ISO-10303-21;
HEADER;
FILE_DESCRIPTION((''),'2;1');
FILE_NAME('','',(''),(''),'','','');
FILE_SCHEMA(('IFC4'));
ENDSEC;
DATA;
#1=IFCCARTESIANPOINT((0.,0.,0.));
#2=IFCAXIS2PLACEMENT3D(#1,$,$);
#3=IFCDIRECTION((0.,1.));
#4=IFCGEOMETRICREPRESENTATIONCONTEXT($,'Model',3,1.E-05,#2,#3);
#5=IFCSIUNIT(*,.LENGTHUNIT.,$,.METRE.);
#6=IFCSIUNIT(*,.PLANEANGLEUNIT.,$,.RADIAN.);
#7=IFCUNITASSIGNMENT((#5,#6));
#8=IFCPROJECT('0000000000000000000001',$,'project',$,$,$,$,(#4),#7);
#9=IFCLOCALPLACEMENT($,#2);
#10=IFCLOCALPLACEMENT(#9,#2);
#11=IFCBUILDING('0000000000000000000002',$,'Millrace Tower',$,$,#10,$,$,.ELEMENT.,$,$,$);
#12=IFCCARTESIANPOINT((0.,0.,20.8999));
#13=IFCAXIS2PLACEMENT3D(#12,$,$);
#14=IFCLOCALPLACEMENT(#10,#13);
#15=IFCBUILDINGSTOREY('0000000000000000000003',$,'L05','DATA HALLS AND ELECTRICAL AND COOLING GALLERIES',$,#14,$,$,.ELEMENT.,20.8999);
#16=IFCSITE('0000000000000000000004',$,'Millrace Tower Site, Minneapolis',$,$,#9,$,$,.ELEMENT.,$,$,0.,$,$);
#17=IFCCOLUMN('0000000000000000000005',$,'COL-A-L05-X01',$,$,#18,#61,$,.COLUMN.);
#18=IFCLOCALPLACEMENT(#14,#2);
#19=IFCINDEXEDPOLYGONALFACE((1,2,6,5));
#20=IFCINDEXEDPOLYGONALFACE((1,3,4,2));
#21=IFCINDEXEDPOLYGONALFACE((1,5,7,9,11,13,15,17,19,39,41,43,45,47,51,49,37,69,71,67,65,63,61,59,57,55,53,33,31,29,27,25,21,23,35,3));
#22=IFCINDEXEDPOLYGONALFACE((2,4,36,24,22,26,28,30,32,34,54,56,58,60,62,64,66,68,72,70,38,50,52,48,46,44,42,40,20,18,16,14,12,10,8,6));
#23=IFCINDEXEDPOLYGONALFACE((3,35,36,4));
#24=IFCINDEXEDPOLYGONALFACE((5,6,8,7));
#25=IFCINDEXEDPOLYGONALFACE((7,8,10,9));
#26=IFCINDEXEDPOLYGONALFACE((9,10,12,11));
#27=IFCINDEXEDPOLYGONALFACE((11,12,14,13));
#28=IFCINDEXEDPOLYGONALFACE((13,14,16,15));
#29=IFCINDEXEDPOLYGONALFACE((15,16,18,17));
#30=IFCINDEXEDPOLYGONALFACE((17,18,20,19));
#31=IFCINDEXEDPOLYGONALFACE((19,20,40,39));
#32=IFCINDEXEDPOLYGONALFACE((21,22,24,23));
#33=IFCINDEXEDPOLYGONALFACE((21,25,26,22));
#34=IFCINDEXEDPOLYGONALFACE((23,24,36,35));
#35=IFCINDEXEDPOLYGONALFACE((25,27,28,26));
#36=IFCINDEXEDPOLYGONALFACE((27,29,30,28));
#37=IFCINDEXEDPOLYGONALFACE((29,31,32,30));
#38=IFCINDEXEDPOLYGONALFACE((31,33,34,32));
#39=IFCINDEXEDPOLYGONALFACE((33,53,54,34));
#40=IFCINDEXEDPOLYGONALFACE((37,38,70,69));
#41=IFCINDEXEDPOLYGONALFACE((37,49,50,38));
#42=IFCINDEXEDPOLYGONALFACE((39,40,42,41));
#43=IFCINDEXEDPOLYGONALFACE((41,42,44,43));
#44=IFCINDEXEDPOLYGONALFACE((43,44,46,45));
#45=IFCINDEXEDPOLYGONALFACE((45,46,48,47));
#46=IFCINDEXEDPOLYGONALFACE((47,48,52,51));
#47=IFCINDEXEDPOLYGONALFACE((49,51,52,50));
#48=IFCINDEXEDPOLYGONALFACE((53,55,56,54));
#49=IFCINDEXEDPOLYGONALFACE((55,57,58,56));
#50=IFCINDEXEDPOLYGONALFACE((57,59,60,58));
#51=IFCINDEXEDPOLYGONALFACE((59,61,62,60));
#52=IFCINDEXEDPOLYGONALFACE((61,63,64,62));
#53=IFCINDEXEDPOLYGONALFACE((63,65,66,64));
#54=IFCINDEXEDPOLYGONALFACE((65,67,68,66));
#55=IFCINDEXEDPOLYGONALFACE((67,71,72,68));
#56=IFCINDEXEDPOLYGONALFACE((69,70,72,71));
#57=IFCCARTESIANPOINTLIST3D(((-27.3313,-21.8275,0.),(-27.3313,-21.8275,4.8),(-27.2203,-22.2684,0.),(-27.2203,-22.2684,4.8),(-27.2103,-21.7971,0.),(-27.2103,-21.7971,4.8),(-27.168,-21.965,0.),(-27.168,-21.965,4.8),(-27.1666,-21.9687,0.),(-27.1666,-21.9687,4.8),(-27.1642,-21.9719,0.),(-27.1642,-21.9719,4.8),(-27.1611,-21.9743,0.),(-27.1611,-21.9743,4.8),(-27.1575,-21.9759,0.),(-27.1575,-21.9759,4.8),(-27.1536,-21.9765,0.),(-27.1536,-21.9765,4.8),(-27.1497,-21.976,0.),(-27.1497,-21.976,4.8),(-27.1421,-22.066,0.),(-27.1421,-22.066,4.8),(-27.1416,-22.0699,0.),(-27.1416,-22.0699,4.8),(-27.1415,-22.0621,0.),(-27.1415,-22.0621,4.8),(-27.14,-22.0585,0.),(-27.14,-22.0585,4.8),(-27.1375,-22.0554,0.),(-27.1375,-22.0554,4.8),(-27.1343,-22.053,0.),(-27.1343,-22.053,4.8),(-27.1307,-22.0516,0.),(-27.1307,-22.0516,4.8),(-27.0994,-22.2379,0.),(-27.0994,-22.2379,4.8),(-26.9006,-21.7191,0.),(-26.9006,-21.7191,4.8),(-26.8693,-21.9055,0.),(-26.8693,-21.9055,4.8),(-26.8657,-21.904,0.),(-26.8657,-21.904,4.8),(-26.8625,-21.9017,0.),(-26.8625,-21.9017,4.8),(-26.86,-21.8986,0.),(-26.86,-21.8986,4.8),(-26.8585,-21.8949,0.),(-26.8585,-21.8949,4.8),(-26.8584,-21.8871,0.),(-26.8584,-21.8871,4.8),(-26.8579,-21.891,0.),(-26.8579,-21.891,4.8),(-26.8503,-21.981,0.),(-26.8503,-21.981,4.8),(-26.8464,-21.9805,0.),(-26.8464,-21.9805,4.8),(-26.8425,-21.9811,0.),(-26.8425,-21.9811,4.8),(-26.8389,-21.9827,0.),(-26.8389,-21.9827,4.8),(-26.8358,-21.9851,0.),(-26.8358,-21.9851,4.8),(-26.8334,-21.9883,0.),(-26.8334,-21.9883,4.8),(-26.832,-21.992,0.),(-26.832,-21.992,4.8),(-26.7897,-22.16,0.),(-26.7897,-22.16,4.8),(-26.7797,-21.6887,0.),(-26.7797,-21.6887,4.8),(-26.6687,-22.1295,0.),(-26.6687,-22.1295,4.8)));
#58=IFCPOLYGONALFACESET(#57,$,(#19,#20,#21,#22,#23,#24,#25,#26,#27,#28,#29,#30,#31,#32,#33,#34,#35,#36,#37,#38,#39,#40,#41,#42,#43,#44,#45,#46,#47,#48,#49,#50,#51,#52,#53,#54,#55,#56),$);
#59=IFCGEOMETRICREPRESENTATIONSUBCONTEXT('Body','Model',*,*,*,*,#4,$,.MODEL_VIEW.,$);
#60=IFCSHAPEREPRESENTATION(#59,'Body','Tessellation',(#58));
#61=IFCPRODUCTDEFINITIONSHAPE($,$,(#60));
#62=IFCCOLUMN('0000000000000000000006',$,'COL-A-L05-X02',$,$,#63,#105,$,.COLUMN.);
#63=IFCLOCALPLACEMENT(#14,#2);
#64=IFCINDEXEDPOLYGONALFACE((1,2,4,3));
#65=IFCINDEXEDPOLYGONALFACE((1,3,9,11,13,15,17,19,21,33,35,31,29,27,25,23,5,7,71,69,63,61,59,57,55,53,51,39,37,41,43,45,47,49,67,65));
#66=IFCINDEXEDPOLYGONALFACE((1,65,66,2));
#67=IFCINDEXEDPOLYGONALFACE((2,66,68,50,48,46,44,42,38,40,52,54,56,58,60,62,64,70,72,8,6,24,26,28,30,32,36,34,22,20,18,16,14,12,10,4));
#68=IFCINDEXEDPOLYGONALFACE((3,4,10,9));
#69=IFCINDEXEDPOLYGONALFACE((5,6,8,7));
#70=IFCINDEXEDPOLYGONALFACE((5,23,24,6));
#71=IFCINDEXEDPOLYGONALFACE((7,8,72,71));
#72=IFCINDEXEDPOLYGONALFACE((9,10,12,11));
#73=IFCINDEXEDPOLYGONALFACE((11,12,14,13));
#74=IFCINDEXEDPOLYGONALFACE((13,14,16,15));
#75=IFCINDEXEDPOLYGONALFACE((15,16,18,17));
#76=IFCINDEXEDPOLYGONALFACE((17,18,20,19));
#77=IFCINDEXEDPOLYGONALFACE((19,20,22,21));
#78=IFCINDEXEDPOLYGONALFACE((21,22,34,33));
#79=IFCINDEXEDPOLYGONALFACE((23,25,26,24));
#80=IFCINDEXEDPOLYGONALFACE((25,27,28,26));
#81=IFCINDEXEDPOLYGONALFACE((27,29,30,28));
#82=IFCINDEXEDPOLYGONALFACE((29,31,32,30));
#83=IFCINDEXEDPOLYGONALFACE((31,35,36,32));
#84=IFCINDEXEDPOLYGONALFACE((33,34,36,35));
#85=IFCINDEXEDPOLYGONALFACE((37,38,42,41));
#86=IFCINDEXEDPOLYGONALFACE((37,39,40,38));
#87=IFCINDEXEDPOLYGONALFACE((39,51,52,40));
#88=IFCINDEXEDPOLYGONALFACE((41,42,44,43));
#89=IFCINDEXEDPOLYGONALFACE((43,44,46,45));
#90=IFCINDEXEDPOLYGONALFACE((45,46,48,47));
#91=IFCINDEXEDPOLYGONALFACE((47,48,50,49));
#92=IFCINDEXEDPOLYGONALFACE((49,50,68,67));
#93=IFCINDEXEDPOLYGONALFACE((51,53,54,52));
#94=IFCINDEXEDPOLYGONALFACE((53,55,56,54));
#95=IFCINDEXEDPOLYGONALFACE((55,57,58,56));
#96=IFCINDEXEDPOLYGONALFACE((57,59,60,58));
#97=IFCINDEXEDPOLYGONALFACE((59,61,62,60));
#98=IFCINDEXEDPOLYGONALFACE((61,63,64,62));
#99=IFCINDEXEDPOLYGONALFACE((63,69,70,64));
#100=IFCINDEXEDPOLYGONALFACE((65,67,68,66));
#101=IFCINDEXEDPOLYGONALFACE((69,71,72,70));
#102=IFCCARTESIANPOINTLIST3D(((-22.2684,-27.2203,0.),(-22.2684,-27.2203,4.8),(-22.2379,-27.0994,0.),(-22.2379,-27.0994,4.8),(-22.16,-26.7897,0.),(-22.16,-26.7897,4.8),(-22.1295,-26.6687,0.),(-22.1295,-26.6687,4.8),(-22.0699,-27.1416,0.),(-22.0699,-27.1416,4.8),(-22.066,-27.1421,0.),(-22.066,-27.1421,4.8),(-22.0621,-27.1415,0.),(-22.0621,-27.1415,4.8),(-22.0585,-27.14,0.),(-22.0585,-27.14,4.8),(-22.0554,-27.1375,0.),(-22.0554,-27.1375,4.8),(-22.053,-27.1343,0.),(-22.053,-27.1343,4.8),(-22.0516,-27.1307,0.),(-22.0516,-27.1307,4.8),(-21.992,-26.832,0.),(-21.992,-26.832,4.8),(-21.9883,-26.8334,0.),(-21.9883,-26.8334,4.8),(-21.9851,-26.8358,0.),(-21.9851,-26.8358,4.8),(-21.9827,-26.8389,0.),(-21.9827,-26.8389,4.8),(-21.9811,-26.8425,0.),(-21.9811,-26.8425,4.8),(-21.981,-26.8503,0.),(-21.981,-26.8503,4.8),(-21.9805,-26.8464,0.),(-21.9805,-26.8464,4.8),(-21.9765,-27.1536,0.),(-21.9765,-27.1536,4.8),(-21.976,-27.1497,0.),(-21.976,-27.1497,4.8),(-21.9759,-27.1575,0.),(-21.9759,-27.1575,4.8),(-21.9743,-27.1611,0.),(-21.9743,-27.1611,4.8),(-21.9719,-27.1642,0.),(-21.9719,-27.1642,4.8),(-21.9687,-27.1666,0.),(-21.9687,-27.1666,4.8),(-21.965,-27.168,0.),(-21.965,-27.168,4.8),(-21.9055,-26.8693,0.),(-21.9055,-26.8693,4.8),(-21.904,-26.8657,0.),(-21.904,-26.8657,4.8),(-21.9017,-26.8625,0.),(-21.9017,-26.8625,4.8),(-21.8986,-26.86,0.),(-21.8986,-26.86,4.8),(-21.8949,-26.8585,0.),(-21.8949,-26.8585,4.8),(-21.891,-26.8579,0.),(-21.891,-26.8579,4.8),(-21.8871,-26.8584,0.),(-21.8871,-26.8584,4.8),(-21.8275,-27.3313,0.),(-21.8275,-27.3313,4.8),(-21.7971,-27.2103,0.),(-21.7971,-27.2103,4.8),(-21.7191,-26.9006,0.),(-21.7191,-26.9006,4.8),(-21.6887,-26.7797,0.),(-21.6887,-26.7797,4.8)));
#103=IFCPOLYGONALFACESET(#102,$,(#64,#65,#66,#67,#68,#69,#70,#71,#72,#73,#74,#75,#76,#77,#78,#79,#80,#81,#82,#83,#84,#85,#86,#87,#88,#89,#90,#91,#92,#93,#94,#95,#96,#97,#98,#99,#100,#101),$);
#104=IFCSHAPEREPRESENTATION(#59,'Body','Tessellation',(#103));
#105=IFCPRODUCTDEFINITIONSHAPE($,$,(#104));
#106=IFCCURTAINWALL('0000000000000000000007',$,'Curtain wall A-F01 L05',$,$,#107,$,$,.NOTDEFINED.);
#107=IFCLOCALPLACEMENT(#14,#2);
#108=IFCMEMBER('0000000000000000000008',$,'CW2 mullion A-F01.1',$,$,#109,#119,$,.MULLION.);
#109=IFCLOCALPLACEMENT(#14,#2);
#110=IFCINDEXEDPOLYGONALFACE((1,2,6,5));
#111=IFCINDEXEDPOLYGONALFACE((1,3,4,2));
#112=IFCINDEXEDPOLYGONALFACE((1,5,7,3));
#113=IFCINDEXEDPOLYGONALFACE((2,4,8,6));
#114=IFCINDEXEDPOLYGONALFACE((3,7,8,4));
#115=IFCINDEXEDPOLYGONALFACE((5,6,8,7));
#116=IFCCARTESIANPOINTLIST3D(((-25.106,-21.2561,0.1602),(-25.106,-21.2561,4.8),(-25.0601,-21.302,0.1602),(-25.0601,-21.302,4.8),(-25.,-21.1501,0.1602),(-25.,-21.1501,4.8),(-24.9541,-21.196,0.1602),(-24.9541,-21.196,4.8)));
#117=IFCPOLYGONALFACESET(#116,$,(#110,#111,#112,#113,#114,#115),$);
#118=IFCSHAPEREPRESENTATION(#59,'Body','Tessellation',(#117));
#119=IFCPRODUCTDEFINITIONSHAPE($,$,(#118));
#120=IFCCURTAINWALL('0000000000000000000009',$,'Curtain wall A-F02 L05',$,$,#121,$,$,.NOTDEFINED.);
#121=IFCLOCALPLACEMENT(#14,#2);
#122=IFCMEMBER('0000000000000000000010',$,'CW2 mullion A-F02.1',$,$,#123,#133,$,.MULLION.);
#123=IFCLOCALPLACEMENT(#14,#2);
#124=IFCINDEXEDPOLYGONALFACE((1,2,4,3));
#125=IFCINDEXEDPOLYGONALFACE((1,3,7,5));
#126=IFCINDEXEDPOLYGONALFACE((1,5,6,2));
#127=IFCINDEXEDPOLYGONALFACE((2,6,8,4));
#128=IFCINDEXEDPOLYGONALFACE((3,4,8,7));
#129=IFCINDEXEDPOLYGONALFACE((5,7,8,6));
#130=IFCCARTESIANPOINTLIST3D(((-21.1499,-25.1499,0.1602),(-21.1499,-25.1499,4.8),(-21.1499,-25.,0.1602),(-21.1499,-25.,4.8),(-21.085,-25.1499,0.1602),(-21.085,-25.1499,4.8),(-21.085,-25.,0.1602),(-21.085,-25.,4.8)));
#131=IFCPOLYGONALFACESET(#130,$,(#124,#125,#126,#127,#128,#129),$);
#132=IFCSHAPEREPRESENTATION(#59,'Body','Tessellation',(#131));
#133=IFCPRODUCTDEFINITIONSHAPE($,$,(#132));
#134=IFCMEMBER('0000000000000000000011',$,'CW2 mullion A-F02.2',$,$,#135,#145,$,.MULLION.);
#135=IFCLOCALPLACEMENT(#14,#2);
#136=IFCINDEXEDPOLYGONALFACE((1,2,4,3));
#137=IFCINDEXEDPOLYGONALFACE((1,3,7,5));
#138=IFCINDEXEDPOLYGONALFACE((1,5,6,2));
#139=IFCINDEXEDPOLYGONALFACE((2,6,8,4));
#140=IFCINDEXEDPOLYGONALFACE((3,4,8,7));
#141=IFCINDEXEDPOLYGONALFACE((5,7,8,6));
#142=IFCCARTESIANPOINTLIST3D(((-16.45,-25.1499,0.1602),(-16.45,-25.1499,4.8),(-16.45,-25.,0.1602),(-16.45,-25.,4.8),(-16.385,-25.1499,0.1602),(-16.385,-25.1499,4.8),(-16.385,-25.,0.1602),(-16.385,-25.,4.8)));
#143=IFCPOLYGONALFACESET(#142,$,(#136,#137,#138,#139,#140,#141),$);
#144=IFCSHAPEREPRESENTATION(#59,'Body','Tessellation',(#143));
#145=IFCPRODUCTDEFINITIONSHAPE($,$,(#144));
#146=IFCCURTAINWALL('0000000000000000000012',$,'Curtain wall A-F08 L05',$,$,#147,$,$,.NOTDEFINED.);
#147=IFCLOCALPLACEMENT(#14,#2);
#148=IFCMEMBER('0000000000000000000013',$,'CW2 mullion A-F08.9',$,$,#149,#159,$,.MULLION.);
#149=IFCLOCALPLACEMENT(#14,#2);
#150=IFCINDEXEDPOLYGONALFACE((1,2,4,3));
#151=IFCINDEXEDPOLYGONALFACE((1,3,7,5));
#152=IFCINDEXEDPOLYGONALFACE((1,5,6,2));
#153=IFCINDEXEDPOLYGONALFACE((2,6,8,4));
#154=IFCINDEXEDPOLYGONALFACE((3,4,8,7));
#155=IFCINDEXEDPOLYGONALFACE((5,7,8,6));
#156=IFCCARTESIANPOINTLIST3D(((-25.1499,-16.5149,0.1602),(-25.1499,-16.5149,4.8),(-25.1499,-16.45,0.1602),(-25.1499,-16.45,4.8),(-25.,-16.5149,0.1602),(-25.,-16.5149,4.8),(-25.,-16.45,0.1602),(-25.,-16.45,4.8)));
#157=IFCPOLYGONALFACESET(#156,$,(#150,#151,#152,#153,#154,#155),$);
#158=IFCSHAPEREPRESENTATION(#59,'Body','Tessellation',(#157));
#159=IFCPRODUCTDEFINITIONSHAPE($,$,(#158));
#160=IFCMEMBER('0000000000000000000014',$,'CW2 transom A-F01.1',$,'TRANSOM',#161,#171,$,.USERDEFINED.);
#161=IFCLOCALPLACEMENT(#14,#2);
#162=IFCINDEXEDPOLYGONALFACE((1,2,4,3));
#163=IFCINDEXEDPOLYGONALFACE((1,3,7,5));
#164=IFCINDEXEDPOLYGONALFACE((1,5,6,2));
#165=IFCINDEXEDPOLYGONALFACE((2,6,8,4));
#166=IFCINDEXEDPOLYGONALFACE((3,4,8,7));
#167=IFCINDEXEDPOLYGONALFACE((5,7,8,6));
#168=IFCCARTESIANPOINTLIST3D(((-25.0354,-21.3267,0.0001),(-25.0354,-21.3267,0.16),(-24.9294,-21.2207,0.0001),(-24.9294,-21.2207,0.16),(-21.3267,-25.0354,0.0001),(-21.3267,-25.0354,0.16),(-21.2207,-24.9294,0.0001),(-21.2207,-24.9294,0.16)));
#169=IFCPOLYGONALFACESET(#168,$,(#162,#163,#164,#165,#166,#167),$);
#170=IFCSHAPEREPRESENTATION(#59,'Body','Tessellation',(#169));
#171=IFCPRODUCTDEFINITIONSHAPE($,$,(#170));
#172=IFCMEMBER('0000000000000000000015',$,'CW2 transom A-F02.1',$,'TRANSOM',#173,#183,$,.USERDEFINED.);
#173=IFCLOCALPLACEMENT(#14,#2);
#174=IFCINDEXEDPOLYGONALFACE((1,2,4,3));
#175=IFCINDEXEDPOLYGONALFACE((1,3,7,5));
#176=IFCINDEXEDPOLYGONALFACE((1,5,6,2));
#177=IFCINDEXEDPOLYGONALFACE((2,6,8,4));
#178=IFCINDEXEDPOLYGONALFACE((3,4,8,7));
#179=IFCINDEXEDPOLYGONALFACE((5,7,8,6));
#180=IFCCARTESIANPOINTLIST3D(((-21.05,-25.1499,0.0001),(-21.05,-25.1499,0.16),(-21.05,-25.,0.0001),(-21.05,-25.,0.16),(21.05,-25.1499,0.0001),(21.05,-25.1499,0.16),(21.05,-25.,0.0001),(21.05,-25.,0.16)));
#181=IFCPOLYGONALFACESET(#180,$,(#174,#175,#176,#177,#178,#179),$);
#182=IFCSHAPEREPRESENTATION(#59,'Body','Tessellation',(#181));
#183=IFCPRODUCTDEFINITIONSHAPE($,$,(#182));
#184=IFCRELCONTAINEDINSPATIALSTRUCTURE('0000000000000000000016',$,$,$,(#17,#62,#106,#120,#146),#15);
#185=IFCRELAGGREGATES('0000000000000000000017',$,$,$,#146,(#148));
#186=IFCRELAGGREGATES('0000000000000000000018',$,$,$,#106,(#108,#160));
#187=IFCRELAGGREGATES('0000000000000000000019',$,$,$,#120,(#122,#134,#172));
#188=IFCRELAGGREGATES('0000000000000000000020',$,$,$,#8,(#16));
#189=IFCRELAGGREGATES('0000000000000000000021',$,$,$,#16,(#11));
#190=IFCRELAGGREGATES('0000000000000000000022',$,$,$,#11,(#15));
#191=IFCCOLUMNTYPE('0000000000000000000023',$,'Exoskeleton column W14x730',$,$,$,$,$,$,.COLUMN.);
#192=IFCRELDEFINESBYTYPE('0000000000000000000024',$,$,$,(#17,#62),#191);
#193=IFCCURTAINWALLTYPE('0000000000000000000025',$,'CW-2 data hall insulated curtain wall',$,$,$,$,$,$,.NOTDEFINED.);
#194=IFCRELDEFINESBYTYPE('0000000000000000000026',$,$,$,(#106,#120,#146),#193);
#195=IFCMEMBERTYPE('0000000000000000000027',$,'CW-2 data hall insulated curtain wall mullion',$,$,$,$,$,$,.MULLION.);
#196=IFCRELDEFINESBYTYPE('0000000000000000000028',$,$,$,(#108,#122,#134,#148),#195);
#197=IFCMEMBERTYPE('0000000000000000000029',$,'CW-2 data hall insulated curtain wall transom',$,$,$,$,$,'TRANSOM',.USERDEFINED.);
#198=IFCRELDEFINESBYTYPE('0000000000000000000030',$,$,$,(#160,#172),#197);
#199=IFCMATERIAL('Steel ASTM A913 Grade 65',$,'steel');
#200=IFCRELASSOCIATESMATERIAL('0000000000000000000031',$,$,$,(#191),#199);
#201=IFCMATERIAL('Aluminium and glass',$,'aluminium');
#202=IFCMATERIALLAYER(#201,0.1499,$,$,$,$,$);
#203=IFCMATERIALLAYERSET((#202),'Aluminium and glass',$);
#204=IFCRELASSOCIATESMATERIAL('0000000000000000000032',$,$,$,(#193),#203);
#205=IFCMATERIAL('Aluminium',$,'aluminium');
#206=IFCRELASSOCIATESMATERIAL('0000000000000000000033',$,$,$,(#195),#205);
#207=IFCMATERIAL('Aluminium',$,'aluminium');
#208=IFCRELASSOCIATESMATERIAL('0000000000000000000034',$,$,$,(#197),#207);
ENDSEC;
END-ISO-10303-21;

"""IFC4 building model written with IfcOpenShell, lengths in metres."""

from ifc_helpers import new_model, si_unit, direction, frame, origin, origin_2d, place, context, subcontext, project, spatial, rectangle, i_section, extrude, material, layer, layer_set, material_profile, profile_set, type_object, element, aggregate, save


model = new_model("IFC4")

# Units and contexts
model_context = context("Model", 3, precision=1e-05, world=origin(), true_north=direction((0.0, 1.0)))
body_context = subcontext(model_context, "Body", "Model", "MODEL_VIEW")
ifc_project = project(units=[si_unit("LENGTHUNIT", "METRE"), si_unit("PLANEANGLEUNIT", "RADIAN")], contexts=[model_context])

# Site, building, storey
site_placement = place(None, origin())
site = spatial("IfcSite", under=ifc_project, at=site_placement, Name="Millrace Tower Site, Minneapolis", CompositionType="ELEMENT", RefElevation=0.0)
building_placement = place(site_placement, origin())
building = spatial("IfcBuilding", under=site, at=building_placement, Name="Millrace Tower", CompositionType="ELEMENT")
storey_placement = place(building_placement, frame((0.0, 0.0, 20.8999)))
storey = spatial("IfcBuildingStorey", under=building, at=storey_placement, Name="L05", Description="DATA HALLS AND ELECTRICAL AND COOLING GALLERIES", CompositionType="ELEMENT", Elevation=20.8999)

# Columns
ifc_material_1 = material(Name="Steel ASTM A913 Grade 65", Category="steel")
ifc_material_profile_1 = material_profile(ifc_material_1, i_section(OverallWidth=0.4546, OverallDepth=0.5688, WebThickness=0.0779, FlangeThickness=0.1248, FilletRadius=0.0151, at=origin_2d()))
ifc_profile_set_1 = profile_set([ifc_material_profile_1], Name="Steel ASTM A913 Grade 65")
column_type = type_object("IfcColumnType", Name="Exoskeleton column W14x730", PredefinedType="COLUMN", material=ifc_profile_set_1)
for number, where, z_axis, x_axis, name in (
    (1, (-27.0, -21.9785, 0.0), (0.0, 0.0, 1.0), (0.244094, -0.969752, 0.0), "COL-A-L05-X01"),
    (2, (-21.9785, -27.0, 0.0), (0.0, 0.0, 1.0), (0.969752, -0.244094, 0.0), "COL-A-L05-X02"),
):
    element("IfcColumn", number, at=place(storey_placement, frame(where, z_axis=z_axis, x_axis=x_axis)), inside=storey, type_object=column_type, Name=name, PredefinedType="COLUMN", context=body_context, shape_type="SweptSolid", body=[
        extrude(i_section(OverallWidth=0.4546, OverallDepth=0.5688, WebThickness=0.0779, FlangeThickness=0.1248, FilletRadius=0.0151, at=origin_2d()), origin(), (0.0, 0.0, 1.0), 4.8),
    ])

# Curtain wall, member
ifc_material_2 = material(Name="Aluminium and glass", Category="aluminium")
ifc_layer_1 = layer(ifc_material_2, 0.1499)
ifc_layer_set_1 = layer_set([ifc_layer_1], Name="Aluminium and glass")
curtain_wall_type = type_object("IfcCurtainWallType", Name="CW-2 data hall insulated curtain wall", PredefinedType="NOTDEFINED", material=ifc_layer_set_1)
placement = place(storey_placement, origin())
curtain_wall_1 = element("IfcCurtainWall", 3, at=placement, inside=storey, type_object=curtain_wall_type, Name="Curtain wall A-F01 L05", PredefinedType="NOTDEFINED")
ifc_material_3 = material(Name="Aluminium", Category="aluminium")
ifc_material_profile_2 = material_profile(ifc_material_3, rectangle(XDim=0.0649, YDim=0.1499, at=origin_2d()))
ifc_profile_set_2 = profile_set([ifc_material_profile_2], Name="Aluminium")
member_type_1 = type_object("IfcMemberType", Name="CW-2 data hall insulated curtain wall mullion", PredefinedType="MULLION", material=ifc_profile_set_2)
member_1_placement = place(storey_placement, frame((-25.03, -21.2261, 0.1602), z_axis=(0.0, 0.0, 1.0), x_axis=(0.707107, -0.707107, 0.0)))
member_1 = element("IfcMember", 4, at=member_1_placement, type_object=member_type_1, Name="CW2 mullion A-F01.1", PredefinedType="MULLION", context=body_context, shape_type="SweptSolid", body=[
    extrude(rectangle(XDim=0.0649, YDim=0.1499, at=origin_2d()), origin(), (0.0, 0.0, 1.0), 4.6399),
])

# Curtain wall, members
curtain_wall_2 = element("IfcCurtainWall", 5, at=placement, inside=storey, type_object=curtain_wall_type, Name="Curtain wall A-F02 L05", PredefinedType="NOTDEFINED")
member_2_placement = place(storey_placement, frame((-21.1174, -25.075, 0.1602), z_axis=(0.0, 0.0, 1.0), x_axis=(1.0, 0.0, 0.0)))
member_2 = element("IfcMember", 6, at=member_2_placement, type_object=member_type_1, Name="CW2 mullion A-F02.1", PredefinedType="MULLION", context=body_context, shape_type="SweptSolid", body=[
    extrude(rectangle(XDim=0.0649, YDim=0.1499, at=origin_2d()), origin(), (0.0, 0.0, 1.0), 4.6399),
])
member_3_placement = place(storey_placement, frame((-16.4175, -25.075, 0.1602), z_axis=(0.0, 0.0, 1.0), x_axis=(1.0, 0.0, 0.0)))
member_3 = element("IfcMember", 7, at=member_3_placement, type_object=member_type_1, Name="CW2 mullion A-F02.2", PredefinedType="MULLION", context=body_context, shape_type="SweptSolid", body=[
    extrude(rectangle(XDim=0.0649, YDim=0.1499, at=origin_2d()), origin(), (0.0, 0.0, 1.0), 4.6399),
])

# Curtain wall, member
curtain_wall_3 = element("IfcCurtainWall", 8, at=placement, inside=storey, type_object=curtain_wall_type, Name="Curtain wall A-F08 L05", PredefinedType="NOTDEFINED")
member_4_placement = place(storey_placement, frame((-25.075, -16.4824, 0.1602), z_axis=(0.0, 0.0, 1.0), x_axis=(0.0, -1.0, 0.0)))
member_4 = element("IfcMember", 9, at=member_4_placement, type_object=member_type_1, Name="CW2 mullion A-F08.9", PredefinedType="MULLION", context=body_context, shape_type="SweptSolid", body=[
    extrude(rectangle(XDim=0.0649, YDim=0.1499, at=origin_2d()), origin(), (0.0, 0.0, 1.0), 4.6399),
])
aggregate(curtain_wall_3, [member_4])

# Members
ifc_material_4 = material(Name="Aluminium", Category="aluminium")
ifc_material_profile_3 = material_profile(ifc_material_4, rectangle(XDim=0.1499, YDim=0.1599, at=origin_2d()))
ifc_profile_set_3 = profile_set([ifc_material_profile_3], Name="Aluminium")
member_type_2 = type_object("IfcMemberType", Name="CW-2 data hall insulated curtain wall transom", ElementType="TRANSOM", PredefinedType="USERDEFINED", material=ifc_profile_set_3)
member_5_placement = place(storey_placement, frame((-24.9824, -21.2737, 0.0801), z_axis=(0.707107, -0.707107, 0.0), x_axis=(0.707107, 0.707107, 0.0)))
member_5 = element("IfcMember", 10, at=member_5_placement, type_object=member_type_2, Name="CW2 transom A-F01.1", ObjectType="TRANSOM", PredefinedType="USERDEFINED", context=body_context, shape_type="SweptSolid", body=[
    extrude(rectangle(XDim=0.1499, YDim=0.1599, at=origin_2d()), origin(), (0.0, 0.0, 1.0), 5.2449),
])
aggregate(curtain_wall_1, [member_1, member_5])
member_6_placement = place(storey_placement, frame((-21.05, -25.075, 0.0801), z_axis=(1.0, 0.0, 0.0), x_axis=(0.0, 1.0, 0.0)))
member_6 = element("IfcMember", 11, at=member_6_placement, type_object=member_type_2, Name="CW2 transom A-F02.1", ObjectType="TRANSOM", PredefinedType="USERDEFINED", context=body_context, shape_type="SweptSolid", body=[
    extrude(rectangle(XDim=0.1499, YDim=0.1599, at=origin_2d()), origin(), (0.0, 0.0, 1.0), 42.1001),
])
aggregate(curtain_wall_2, [member_2, member_3, member_6])

save(model, "model.ifc")
